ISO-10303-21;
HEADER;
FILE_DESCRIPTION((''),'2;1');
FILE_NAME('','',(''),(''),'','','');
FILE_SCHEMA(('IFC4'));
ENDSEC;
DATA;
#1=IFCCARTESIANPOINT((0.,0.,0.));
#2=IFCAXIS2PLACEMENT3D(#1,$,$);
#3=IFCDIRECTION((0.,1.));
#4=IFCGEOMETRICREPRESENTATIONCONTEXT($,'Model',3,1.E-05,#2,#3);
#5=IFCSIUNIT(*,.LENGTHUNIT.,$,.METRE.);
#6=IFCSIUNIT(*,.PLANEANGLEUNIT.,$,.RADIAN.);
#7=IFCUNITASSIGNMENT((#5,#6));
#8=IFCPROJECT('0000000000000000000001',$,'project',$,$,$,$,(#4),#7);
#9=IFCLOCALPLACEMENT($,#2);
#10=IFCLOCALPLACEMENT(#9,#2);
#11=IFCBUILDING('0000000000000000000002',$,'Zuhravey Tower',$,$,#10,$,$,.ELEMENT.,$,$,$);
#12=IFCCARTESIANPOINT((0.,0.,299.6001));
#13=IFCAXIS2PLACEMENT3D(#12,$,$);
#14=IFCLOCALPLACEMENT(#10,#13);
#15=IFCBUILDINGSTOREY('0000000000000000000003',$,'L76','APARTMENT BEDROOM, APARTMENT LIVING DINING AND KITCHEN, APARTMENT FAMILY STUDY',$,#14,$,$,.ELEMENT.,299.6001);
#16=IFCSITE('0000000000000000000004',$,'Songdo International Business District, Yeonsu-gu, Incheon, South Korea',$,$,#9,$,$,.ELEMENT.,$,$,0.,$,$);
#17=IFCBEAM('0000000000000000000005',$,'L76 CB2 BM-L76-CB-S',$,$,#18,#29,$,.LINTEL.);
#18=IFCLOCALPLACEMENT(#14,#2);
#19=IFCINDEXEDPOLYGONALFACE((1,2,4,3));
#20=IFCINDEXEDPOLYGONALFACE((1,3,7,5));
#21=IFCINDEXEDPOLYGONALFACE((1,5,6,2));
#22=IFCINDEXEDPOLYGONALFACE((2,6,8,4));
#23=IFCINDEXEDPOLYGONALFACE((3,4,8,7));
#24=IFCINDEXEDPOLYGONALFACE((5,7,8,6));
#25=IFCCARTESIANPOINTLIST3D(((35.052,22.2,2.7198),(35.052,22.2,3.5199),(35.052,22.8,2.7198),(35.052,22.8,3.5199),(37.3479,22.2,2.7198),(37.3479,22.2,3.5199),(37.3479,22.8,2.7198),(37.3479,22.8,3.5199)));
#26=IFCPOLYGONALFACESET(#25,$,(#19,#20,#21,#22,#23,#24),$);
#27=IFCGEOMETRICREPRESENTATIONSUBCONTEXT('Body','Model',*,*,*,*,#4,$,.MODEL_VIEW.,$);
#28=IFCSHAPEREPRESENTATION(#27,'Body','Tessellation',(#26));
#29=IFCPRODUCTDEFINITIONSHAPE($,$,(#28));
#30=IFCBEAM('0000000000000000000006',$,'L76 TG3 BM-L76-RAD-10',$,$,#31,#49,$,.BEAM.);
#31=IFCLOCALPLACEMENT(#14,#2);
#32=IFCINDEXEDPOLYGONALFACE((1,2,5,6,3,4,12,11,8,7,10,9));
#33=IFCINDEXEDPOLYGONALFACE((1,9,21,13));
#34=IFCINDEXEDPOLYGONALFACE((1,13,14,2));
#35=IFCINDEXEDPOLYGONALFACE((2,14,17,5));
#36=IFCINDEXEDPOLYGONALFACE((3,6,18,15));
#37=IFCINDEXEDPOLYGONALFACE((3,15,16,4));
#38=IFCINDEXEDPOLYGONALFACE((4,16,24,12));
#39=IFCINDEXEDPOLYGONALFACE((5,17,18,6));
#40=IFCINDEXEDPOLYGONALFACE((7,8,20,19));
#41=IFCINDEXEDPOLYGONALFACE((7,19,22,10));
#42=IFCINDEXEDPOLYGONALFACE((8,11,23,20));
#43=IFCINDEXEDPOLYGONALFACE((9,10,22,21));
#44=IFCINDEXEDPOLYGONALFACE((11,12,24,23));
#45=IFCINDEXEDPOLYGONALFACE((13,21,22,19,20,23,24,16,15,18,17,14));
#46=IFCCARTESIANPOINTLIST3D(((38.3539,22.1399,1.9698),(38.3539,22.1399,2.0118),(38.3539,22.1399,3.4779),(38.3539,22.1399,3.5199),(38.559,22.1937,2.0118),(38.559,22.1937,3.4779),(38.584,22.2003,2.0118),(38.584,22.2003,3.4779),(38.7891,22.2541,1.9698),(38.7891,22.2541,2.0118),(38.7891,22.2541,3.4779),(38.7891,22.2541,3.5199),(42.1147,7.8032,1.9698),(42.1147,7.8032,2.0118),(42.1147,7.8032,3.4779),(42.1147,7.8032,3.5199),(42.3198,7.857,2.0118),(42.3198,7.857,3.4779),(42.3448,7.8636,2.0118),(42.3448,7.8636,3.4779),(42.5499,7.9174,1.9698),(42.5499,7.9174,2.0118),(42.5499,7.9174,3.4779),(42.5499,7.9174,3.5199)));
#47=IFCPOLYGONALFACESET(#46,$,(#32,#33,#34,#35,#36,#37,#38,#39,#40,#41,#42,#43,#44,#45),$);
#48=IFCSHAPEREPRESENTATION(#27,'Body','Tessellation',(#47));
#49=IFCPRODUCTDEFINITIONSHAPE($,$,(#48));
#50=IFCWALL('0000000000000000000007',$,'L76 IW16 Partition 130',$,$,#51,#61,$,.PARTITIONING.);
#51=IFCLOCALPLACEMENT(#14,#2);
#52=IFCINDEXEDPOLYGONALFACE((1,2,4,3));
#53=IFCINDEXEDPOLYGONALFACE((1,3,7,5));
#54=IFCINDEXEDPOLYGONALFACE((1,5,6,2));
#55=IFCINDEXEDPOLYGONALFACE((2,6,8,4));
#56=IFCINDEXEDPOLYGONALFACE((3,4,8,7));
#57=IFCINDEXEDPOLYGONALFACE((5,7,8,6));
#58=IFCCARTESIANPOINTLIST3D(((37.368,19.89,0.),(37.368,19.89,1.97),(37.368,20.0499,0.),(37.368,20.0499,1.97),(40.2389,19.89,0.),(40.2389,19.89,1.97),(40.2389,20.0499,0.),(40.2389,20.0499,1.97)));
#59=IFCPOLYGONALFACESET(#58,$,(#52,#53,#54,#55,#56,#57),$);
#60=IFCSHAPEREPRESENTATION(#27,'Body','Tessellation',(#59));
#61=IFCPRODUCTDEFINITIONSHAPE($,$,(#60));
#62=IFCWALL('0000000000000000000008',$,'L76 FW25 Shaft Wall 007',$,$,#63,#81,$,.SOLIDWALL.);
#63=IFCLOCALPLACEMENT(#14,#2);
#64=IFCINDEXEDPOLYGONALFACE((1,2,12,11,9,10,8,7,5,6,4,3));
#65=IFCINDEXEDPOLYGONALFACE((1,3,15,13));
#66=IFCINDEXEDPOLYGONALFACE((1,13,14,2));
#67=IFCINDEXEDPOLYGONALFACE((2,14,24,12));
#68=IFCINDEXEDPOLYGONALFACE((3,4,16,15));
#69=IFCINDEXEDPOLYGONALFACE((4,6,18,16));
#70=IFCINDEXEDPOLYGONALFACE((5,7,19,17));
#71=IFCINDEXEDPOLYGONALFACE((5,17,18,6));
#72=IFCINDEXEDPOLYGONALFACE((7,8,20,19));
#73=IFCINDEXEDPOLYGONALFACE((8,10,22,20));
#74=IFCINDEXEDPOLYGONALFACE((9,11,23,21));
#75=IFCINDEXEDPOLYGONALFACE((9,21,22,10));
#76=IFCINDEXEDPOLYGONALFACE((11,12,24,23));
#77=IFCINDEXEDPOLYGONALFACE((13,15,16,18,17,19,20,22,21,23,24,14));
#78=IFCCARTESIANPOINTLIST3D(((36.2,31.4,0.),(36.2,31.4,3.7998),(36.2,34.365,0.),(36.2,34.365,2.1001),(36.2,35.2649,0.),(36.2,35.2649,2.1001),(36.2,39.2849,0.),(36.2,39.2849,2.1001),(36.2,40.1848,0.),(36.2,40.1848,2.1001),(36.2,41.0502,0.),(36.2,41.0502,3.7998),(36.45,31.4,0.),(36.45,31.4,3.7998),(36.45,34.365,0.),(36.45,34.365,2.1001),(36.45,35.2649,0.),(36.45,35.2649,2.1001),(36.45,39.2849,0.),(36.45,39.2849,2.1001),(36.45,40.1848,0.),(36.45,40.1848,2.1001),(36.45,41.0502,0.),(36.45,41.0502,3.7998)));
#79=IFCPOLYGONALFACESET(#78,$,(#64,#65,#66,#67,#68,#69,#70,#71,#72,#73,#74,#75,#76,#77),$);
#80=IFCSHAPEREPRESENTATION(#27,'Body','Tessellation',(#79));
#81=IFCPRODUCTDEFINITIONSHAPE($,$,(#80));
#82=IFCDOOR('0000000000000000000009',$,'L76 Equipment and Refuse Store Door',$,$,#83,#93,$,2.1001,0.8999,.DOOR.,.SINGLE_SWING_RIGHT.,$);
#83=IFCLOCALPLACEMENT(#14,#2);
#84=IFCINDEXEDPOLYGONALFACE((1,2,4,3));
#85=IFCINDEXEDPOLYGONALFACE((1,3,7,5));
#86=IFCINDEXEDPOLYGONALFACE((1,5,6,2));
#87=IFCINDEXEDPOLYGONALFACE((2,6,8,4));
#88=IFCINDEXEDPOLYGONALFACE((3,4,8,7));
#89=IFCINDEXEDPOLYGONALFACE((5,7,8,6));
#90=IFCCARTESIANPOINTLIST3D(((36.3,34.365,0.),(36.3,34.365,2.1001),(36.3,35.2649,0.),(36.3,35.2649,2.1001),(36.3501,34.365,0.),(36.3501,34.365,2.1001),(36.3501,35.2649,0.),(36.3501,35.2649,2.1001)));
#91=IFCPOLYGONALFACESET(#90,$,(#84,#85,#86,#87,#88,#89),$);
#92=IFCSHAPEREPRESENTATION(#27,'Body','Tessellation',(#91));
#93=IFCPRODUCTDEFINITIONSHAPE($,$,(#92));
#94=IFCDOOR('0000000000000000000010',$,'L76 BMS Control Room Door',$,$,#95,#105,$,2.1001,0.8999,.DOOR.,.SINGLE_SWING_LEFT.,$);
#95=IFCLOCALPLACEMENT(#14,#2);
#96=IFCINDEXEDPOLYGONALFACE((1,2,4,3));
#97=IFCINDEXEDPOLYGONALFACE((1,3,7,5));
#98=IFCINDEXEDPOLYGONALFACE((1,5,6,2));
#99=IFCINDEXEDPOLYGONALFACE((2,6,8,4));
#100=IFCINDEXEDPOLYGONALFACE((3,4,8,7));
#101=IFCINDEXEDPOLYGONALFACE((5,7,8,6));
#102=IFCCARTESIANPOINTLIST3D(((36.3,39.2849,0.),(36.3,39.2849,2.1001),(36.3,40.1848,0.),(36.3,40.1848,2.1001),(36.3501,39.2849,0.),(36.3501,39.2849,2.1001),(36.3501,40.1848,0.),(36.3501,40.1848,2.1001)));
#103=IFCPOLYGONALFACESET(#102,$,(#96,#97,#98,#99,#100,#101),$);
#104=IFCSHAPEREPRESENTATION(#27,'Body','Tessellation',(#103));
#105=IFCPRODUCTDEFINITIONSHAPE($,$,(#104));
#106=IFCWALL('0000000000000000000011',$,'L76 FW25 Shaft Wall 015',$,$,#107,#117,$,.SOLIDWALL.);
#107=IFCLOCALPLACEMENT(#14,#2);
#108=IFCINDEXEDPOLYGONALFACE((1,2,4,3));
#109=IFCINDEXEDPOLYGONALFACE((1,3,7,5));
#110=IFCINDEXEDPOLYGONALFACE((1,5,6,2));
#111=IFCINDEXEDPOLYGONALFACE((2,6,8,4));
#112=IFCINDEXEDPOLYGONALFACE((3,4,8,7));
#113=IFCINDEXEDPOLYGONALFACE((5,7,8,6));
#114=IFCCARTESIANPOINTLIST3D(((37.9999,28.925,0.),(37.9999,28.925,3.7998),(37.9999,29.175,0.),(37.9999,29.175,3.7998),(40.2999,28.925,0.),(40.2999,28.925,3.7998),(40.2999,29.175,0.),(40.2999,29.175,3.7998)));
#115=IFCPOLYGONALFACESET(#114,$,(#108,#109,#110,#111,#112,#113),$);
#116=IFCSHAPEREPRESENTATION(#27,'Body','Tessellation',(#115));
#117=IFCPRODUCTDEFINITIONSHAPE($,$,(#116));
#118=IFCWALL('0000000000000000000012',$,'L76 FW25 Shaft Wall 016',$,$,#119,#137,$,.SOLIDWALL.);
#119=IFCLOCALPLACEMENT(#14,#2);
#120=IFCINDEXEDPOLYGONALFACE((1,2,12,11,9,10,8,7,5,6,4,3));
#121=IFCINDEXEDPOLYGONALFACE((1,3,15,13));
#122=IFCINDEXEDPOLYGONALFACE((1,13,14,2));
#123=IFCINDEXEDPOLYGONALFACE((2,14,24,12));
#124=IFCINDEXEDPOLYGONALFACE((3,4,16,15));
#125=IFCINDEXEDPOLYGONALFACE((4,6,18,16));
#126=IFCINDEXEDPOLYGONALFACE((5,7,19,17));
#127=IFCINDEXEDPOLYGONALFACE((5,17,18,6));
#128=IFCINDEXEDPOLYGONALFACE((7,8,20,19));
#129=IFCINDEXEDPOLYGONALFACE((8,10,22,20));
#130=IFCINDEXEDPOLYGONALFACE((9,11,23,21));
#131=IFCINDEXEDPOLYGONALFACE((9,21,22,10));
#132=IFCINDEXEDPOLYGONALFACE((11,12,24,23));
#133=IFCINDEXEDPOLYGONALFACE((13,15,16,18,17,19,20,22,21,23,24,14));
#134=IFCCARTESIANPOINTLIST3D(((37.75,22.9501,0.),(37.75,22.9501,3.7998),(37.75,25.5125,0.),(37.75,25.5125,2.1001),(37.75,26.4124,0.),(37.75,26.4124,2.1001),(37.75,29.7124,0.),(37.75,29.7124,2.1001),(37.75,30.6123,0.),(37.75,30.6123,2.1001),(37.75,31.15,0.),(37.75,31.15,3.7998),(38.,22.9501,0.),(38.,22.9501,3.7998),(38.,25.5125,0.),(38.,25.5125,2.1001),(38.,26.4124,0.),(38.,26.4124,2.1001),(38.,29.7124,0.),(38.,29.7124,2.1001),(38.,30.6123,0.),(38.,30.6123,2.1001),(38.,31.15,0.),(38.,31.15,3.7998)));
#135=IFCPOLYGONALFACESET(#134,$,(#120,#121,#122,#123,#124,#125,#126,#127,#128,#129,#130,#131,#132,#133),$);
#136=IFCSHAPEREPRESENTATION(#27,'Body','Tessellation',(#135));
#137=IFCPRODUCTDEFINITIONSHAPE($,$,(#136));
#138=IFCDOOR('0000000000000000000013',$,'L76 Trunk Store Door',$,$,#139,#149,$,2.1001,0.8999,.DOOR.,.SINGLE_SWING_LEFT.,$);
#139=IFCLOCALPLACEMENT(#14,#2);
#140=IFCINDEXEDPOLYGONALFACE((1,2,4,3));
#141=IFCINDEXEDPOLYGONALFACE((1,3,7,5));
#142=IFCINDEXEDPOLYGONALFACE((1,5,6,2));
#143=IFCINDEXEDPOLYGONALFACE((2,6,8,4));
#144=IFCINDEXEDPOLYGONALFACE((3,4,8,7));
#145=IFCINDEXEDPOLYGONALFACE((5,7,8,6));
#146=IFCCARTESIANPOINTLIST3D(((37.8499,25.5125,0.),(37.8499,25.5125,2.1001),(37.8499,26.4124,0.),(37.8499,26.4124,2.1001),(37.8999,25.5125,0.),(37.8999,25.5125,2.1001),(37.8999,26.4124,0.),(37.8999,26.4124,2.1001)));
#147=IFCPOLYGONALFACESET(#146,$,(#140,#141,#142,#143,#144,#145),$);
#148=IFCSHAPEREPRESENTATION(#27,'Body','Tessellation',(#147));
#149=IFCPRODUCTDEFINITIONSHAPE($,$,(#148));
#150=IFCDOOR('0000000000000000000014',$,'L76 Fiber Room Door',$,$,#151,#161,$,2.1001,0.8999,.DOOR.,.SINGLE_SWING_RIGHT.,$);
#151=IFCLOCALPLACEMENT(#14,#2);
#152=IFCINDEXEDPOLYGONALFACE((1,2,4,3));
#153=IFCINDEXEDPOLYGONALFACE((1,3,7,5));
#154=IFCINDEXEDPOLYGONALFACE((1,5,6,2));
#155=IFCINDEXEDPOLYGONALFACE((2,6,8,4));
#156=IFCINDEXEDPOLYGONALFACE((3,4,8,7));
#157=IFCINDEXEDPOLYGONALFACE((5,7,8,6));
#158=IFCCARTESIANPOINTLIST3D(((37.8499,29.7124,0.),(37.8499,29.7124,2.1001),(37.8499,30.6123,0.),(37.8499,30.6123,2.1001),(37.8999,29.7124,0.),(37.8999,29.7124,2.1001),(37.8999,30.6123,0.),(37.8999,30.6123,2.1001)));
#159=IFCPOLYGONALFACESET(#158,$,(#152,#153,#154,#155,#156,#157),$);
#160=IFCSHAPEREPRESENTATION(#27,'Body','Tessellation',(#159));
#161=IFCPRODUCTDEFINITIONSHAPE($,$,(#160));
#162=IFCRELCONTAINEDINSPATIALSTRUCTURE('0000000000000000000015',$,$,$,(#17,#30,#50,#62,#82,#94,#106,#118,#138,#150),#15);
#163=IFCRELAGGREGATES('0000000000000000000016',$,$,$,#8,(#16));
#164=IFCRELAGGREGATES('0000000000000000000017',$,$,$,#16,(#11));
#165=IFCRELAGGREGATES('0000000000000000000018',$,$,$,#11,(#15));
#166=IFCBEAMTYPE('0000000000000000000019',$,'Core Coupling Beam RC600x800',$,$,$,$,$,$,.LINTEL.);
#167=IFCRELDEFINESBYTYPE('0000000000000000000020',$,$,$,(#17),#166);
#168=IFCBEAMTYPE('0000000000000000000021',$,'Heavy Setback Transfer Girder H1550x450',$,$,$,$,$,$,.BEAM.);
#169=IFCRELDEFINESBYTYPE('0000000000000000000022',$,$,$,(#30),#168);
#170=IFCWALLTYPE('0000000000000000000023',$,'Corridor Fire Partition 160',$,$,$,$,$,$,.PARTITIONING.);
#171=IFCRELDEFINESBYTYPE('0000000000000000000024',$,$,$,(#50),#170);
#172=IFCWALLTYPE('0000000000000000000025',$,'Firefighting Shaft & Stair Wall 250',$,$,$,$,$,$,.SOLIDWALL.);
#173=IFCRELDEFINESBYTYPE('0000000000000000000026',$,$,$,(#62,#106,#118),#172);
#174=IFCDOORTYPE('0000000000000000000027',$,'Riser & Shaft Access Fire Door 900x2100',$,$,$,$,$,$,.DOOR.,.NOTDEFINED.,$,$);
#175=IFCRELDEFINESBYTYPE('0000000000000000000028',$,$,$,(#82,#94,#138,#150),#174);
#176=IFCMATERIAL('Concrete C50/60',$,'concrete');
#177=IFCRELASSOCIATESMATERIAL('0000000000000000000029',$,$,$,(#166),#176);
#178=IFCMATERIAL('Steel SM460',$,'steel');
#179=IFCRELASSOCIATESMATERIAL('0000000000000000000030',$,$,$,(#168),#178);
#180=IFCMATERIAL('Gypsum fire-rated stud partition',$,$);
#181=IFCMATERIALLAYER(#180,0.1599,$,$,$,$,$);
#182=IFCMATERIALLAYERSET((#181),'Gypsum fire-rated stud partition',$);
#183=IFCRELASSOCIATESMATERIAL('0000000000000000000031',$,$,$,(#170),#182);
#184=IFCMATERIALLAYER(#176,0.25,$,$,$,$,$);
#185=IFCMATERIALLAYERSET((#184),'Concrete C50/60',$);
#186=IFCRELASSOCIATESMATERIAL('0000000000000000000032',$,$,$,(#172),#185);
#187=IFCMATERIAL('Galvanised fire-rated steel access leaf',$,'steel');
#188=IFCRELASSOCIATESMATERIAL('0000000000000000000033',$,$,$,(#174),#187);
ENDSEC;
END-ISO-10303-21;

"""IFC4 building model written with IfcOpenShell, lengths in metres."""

from ifc_helpers import new_model, si_unit, direction, frame, frame_2d, origin, origin_2d, place, context, subcontext, project, spatial, rectangle, i_section, extrude, material, layer, layer_set, material_profile, profile_set, type_object, element, fill, save


model = new_model("IFC4")

# Units and contexts
model_context = context("Model", 3, precision=1e-05, world=origin(), true_north=direction((0.0, 1.0)))
body_context = subcontext(model_context, "Body", "Model", "MODEL_VIEW")
ifc_project = project(units=[si_unit("LENGTHUNIT", "METRE"), si_unit("PLANEANGLEUNIT", "RADIAN")], contexts=[model_context])

# Site, building, storey
site_placement = place(None, origin())
site = spatial("IfcSite", under=ifc_project, at=site_placement, Name="Songdo International Business District, Yeonsu-gu, Incheon, South Korea", CompositionType="ELEMENT", RefElevation=0.0)
building_placement = place(site_placement, origin())
building = spatial("IfcBuilding", under=site, at=building_placement, Name="Zuhravey Tower", CompositionType="ELEMENT")
storey_placement = place(building_placement, frame((0.0, 0.0, 299.6001)))
storey = spatial("IfcBuildingStorey", under=building, at=storey_placement, Name="L76", Description="APARTMENT BEDROOM, APARTMENT LIVING DINING AND KITCHEN, APARTMENT FAMILY STUDY", CompositionType="ELEMENT", Elevation=299.6001)

# Beams
ifc_material_1 = material(Name="Concrete C50/60", Category="concrete")
ifc_material_profile_1 = material_profile(ifc_material_1, rectangle(XDim=0.6001, YDim=0.8, at=origin_2d()), Name="RC-600x800")
ifc_profile_set_1 = profile_set([ifc_material_profile_1], Name="Concrete C50/60")
beam_type_1 = type_object("IfcBeamType", Name="Core Coupling Beam RC600x800", PredefinedType="LINTEL", material=ifc_profile_set_1)
beam_1_placement = place(storey_placement, frame((35.052, 22.5, 3.1199), z_axis=(1.0, 0.0, 0.0), x_axis=(0.0, 1.0, 0.0)))
element("IfcBeam", 1, at=beam_1_placement, inside=storey, type_object=beam_type_1, Name="L76 CB2 BM-L76-CB-S", PredefinedType="LINTEL", context=body_context, shape_type="SweptSolid", body=[
    extrude(rectangle(XDim=0.6001, YDim=0.8, at=origin_2d()), origin(), (0.0, 0.0, 1.0), 2.2959),
])
ifc_material_2 = material(Name="Steel SM460", Category="steel")
ifc_material_profile_2 = material_profile(ifc_material_2, i_section(OverallWidth=0.45, OverallDepth=1.55, WebThickness=0.0259, FlangeThickness=0.042, at=origin_2d()), Name="H-1550x450x26x42")
ifc_profile_set_2 = profile_set([ifc_material_profile_2], Name="Steel SM460")
beam_type_2 = type_object("IfcBeamType", Name="Heavy Setback Transfer Girder H1550x450", PredefinedType="BEAM", material=ifc_profile_set_2)
beam_2_placement = place(storey_placement, frame((38.5715, 22.197, 2.7449), z_axis=(0.253732, -0.967275, 0.0), x_axis=(0.967275, 0.253732, 0.0)))
element("IfcBeam", 2, at=beam_2_placement, inside=storey, type_object=beam_type_2, Name="L76 TG3 BM-L76-RAD-10", PredefinedType="BEAM", context=body_context, shape_type="SweptSolid", body=[
    extrude(i_section(OverallWidth=0.45, OverallDepth=1.55, WebThickness=0.0259, FlangeThickness=0.042, at=origin_2d()), origin(), (0.0, 0.0, 1.0), 14.8218),
])

# Shared definitions
ifc_material_3 = material(Name="Gypsum fire-rated stud partition")
ifc_layer_1 = layer(ifc_material_3, 0.1599)
ifc_layer_set_1 = layer_set([ifc_layer_1], Name="Gypsum fire-rated stud partition")
wall_type_1 = type_object("IfcWallType", Name="Corridor Fire Partition 160", PredefinedType="PARTITIONING", material=ifc_layer_set_1)

# Wall
wall_1_placement = place(storey_placement, frame((37.3679, 19.97, 0.0), z_axis=(0.0, 0.0, 1.0), x_axis=(1.0, 0.0, 0.0)))
element("IfcWall", 3, at=wall_1_placement, inside=storey, type_object=wall_type_1, Name="L76 IW16 Partition 130", PredefinedType="PARTITIONING", context=body_context, shape_type="SweptSolid", body=[
    extrude(rectangle(XDim=2.8708, YDim=0.1599, at=frame_2d((1.4355, 0.0))), origin(), (0.0, 0.0, 1.0), 1.97),
])

# Shared definitions
ifc_layer_2 = layer(ifc_material_1, 0.25)
ifc_layer_set_2 = layer_set([ifc_layer_2], Name="Concrete C50/60")
wall_type_2 = type_object("IfcWallType", Name="Firefighting Shaft & Stair Wall 250", PredefinedType="SOLIDWALL", material=ifc_layer_set_2)

# Wall, openings, doors
wall_2_placement = place(storey_placement, frame((36.325, 31.3999, 0.0), z_axis=(0.0, 0.0, 1.0), x_axis=(0.0, 1.0, 0.0)))
wall_2 = element("IfcWall", 4, at=wall_2_placement, inside=storey, type_object=wall_type_2, Name="L76 FW25 Shaft Wall 007", PredefinedType="SOLIDWALL", context=body_context, shape_type="SweptSolid", body=[
    extrude(rectangle(XDim=9.6501, YDim=0.25, at=frame_2d((4.8252, 0.0))), origin(), (0.0, 0.0, 1.0), 3.7998),
])
opening_1_placement = place(wall_2_placement, frame((2.9651, 0.0, 0.0)))
opening_1 = element("IfcOpeningElement", 5, at=opening_1_placement, cuts=wall_2, PredefinedType="OPENING", context=body_context, shape_type="SweptSolid", body=[
    extrude(rectangle(XDim=0.8999, YDim=2.1001, at=frame_2d((0.45, 1.05))), frame((0.0, 0.137, 0.0), z_axis=(0.0, -1.0, 0.0), x_axis=(1.0, 0.0, 0.0)), (0.0, 0.0, 1.0), 0.2739),
])
opening_2_placement = place(wall_2_placement, frame((7.885, 0.0, 0.0)))
opening_2 = element("IfcOpeningElement", 6, at=opening_2_placement, cuts=wall_2, PredefinedType="OPENING", context=body_context, shape_type="SweptSolid", body=[
    extrude(rectangle(XDim=0.8999, YDim=2.1001, at=frame_2d((0.45, 1.05))), frame((0.0, 0.137, 0.0), z_axis=(0.0, -1.0, 0.0), x_axis=(1.0, 0.0, 0.0)), (0.0, 0.0, 1.0), 0.2739),
])
ifc_material_4 = material(Name="Galvanised fire-rated steel access leaf", Category="steel")
door_type_1 = type_object("IfcDoorType", Name="Riser & Shaft Access Fire Door 900x2100", OperationType="NOTDEFINED", PredefinedType="DOOR", material=ifc_material_4)
door_1_placement = place(opening_1_placement, origin())
door_1 = element("IfcDoor", 7, at=door_1_placement, inside=storey, type_object=door_type_1, Name="L76 Equipment and Refuse Store Door", OperationType="SINGLE_SWING_RIGHT", OverallHeight=2.1001, OverallWidth=0.8999, PredefinedType="DOOR", context=body_context, shape_type="SweptSolid", body=[
    extrude(rectangle(XDim=0.8999, YDim=2.1001, at=frame_2d((0.45, 1.05))), frame((0.0, 0.0249, 0.0), z_axis=(0.0, -1.0, 0.0), x_axis=(1.0, 0.0, 0.0)), (0.0, 0.0, 1.0), 0.05),
])
fill(opening_1, door_1)
door_2_placement = place(opening_2_placement, origin())
door_2 = element("IfcDoor", 8, at=door_2_placement, inside=storey, type_object=door_type_1, Name="L76 BMS Control Room Door", OperationType="SINGLE_SWING_LEFT", OverallHeight=2.1001, OverallWidth=0.8999, PredefinedType="DOOR", context=body_context, shape_type="SweptSolid", body=[
    extrude(rectangle(XDim=0.8999, YDim=2.1001, at=frame_2d((0.45, 1.05))), frame((0.0, 0.0249, 0.0), z_axis=(0.0, -1.0, 0.0), x_axis=(1.0, 0.0, 0.0)), (0.0, 0.0, 1.0), 0.05),
])
fill(opening_2, door_2)

# Wall
wall_3_placement = place(storey_placement, frame((38.0, 29.05, 0.0), z_axis=(0.0, 0.0, 1.0), x_axis=(1.0, 0.0, 0.0)))
element("IfcWall", 9, at=wall_3_placement, inside=storey, type_object=wall_type_2, Name="L76 FW25 Shaft Wall 015", PredefinedType="SOLIDWALL", context=body_context, shape_type="SweptSolid", body=[
    extrude(rectangle(XDim=2.3, YDim=0.25, at=frame_2d((1.1499, 0.0))), origin(), (0.0, 0.0, 1.0), 3.7998),
])

# Wall, openings, doors
wall_4_placement = place(storey_placement, frame((37.875, 22.95, 0.0), z_axis=(0.0, 0.0, 1.0), x_axis=(0.0, 1.0, 0.0)))
wall_4 = element("IfcWall", 10, at=wall_4_placement, inside=storey, type_object=wall_type_2, Name="L76 FW25 Shaft Wall 016", PredefinedType="SOLIDWALL", context=body_context, shape_type="SweptSolid", body=[
    extrude(rectangle(XDim=8.2, YDim=0.25, at=frame_2d((4.1001, 0.0))), origin(), (0.0, 0.0, 1.0), 3.7998),
])
opening_3_placement = place(wall_4_placement, frame((2.5625, 0.0, 0.0)))
opening_3 = element("IfcOpeningElement", 11, at=opening_3_placement, cuts=wall_4, PredefinedType="OPENING", context=body_context, shape_type="SweptSolid", body=[
    extrude(rectangle(XDim=0.8999, YDim=2.1001, at=frame_2d((0.45, 1.05))), frame((0.0, 0.137, 0.0), z_axis=(0.0, -1.0, 0.0), x_axis=(1.0, 0.0, 0.0)), (0.0, 0.0, 1.0), 0.2739),
])
opening_4_placement = place(wall_4_placement, frame((6.7625, 0.0, 0.0)))
opening_4 = element("IfcOpeningElement", 12, at=opening_4_placement, cuts=wall_4, PredefinedType="OPENING", context=body_context, shape_type="SweptSolid", body=[
    extrude(rectangle(XDim=0.8999, YDim=2.1001, at=frame_2d((0.45, 1.05))), frame((0.0, 0.137, 0.0), z_axis=(0.0, -1.0, 0.0), x_axis=(1.0, 0.0, 0.0)), (0.0, 0.0, 1.0), 0.2739),
])
door_3_placement = place(opening_3_placement, frame((0.8999, 0.0, 0.0), z_axis=(0.0, 0.0, 1.0), x_axis=(-1.0, 0.0, 0.0)))
door_3 = element("IfcDoor", 13, at=door_3_placement, inside=storey, type_object=door_type_1, Name="L76 Trunk Store Door", OperationType="SINGLE_SWING_LEFT", OverallHeight=2.1001, OverallWidth=0.8999, PredefinedType="DOOR", context=body_context, shape_type="SweptSolid", body=[
    extrude(rectangle(XDim=0.8999, YDim=2.1001, at=frame_2d((0.45, 1.05))), frame((0.0, 0.0249, 0.0), z_axis=(0.0, -1.0, 0.0), x_axis=(1.0, 0.0, 0.0)), (0.0, 0.0, 1.0), 0.05),
])
fill(opening_3, door_3)
door_4_placement = place(opening_4_placement, frame((0.8999, 0.0, 0.0), z_axis=(0.0, 0.0, 1.0), x_axis=(-1.0, 0.0, 0.0)))
door_4 = element("IfcDoor", 14, at=door_4_placement, inside=storey, type_object=door_type_1, Name="L76 Fiber Room Door", OperationType="SINGLE_SWING_RIGHT", OverallHeight=2.1001, OverallWidth=0.8999, PredefinedType="DOOR", context=body_context, shape_type="SweptSolid", body=[
    extrude(rectangle(XDim=0.8999, YDim=2.1001, at=frame_2d((0.45, 1.05))), frame((0.0, 0.0249, 0.0), z_axis=(0.0, -1.0, 0.0), x_axis=(1.0, 0.0, 0.0)), (0.0, 0.0, 1.0), 0.05),
])
fill(opening_4, door_4)

save(model, "model.ifc")
